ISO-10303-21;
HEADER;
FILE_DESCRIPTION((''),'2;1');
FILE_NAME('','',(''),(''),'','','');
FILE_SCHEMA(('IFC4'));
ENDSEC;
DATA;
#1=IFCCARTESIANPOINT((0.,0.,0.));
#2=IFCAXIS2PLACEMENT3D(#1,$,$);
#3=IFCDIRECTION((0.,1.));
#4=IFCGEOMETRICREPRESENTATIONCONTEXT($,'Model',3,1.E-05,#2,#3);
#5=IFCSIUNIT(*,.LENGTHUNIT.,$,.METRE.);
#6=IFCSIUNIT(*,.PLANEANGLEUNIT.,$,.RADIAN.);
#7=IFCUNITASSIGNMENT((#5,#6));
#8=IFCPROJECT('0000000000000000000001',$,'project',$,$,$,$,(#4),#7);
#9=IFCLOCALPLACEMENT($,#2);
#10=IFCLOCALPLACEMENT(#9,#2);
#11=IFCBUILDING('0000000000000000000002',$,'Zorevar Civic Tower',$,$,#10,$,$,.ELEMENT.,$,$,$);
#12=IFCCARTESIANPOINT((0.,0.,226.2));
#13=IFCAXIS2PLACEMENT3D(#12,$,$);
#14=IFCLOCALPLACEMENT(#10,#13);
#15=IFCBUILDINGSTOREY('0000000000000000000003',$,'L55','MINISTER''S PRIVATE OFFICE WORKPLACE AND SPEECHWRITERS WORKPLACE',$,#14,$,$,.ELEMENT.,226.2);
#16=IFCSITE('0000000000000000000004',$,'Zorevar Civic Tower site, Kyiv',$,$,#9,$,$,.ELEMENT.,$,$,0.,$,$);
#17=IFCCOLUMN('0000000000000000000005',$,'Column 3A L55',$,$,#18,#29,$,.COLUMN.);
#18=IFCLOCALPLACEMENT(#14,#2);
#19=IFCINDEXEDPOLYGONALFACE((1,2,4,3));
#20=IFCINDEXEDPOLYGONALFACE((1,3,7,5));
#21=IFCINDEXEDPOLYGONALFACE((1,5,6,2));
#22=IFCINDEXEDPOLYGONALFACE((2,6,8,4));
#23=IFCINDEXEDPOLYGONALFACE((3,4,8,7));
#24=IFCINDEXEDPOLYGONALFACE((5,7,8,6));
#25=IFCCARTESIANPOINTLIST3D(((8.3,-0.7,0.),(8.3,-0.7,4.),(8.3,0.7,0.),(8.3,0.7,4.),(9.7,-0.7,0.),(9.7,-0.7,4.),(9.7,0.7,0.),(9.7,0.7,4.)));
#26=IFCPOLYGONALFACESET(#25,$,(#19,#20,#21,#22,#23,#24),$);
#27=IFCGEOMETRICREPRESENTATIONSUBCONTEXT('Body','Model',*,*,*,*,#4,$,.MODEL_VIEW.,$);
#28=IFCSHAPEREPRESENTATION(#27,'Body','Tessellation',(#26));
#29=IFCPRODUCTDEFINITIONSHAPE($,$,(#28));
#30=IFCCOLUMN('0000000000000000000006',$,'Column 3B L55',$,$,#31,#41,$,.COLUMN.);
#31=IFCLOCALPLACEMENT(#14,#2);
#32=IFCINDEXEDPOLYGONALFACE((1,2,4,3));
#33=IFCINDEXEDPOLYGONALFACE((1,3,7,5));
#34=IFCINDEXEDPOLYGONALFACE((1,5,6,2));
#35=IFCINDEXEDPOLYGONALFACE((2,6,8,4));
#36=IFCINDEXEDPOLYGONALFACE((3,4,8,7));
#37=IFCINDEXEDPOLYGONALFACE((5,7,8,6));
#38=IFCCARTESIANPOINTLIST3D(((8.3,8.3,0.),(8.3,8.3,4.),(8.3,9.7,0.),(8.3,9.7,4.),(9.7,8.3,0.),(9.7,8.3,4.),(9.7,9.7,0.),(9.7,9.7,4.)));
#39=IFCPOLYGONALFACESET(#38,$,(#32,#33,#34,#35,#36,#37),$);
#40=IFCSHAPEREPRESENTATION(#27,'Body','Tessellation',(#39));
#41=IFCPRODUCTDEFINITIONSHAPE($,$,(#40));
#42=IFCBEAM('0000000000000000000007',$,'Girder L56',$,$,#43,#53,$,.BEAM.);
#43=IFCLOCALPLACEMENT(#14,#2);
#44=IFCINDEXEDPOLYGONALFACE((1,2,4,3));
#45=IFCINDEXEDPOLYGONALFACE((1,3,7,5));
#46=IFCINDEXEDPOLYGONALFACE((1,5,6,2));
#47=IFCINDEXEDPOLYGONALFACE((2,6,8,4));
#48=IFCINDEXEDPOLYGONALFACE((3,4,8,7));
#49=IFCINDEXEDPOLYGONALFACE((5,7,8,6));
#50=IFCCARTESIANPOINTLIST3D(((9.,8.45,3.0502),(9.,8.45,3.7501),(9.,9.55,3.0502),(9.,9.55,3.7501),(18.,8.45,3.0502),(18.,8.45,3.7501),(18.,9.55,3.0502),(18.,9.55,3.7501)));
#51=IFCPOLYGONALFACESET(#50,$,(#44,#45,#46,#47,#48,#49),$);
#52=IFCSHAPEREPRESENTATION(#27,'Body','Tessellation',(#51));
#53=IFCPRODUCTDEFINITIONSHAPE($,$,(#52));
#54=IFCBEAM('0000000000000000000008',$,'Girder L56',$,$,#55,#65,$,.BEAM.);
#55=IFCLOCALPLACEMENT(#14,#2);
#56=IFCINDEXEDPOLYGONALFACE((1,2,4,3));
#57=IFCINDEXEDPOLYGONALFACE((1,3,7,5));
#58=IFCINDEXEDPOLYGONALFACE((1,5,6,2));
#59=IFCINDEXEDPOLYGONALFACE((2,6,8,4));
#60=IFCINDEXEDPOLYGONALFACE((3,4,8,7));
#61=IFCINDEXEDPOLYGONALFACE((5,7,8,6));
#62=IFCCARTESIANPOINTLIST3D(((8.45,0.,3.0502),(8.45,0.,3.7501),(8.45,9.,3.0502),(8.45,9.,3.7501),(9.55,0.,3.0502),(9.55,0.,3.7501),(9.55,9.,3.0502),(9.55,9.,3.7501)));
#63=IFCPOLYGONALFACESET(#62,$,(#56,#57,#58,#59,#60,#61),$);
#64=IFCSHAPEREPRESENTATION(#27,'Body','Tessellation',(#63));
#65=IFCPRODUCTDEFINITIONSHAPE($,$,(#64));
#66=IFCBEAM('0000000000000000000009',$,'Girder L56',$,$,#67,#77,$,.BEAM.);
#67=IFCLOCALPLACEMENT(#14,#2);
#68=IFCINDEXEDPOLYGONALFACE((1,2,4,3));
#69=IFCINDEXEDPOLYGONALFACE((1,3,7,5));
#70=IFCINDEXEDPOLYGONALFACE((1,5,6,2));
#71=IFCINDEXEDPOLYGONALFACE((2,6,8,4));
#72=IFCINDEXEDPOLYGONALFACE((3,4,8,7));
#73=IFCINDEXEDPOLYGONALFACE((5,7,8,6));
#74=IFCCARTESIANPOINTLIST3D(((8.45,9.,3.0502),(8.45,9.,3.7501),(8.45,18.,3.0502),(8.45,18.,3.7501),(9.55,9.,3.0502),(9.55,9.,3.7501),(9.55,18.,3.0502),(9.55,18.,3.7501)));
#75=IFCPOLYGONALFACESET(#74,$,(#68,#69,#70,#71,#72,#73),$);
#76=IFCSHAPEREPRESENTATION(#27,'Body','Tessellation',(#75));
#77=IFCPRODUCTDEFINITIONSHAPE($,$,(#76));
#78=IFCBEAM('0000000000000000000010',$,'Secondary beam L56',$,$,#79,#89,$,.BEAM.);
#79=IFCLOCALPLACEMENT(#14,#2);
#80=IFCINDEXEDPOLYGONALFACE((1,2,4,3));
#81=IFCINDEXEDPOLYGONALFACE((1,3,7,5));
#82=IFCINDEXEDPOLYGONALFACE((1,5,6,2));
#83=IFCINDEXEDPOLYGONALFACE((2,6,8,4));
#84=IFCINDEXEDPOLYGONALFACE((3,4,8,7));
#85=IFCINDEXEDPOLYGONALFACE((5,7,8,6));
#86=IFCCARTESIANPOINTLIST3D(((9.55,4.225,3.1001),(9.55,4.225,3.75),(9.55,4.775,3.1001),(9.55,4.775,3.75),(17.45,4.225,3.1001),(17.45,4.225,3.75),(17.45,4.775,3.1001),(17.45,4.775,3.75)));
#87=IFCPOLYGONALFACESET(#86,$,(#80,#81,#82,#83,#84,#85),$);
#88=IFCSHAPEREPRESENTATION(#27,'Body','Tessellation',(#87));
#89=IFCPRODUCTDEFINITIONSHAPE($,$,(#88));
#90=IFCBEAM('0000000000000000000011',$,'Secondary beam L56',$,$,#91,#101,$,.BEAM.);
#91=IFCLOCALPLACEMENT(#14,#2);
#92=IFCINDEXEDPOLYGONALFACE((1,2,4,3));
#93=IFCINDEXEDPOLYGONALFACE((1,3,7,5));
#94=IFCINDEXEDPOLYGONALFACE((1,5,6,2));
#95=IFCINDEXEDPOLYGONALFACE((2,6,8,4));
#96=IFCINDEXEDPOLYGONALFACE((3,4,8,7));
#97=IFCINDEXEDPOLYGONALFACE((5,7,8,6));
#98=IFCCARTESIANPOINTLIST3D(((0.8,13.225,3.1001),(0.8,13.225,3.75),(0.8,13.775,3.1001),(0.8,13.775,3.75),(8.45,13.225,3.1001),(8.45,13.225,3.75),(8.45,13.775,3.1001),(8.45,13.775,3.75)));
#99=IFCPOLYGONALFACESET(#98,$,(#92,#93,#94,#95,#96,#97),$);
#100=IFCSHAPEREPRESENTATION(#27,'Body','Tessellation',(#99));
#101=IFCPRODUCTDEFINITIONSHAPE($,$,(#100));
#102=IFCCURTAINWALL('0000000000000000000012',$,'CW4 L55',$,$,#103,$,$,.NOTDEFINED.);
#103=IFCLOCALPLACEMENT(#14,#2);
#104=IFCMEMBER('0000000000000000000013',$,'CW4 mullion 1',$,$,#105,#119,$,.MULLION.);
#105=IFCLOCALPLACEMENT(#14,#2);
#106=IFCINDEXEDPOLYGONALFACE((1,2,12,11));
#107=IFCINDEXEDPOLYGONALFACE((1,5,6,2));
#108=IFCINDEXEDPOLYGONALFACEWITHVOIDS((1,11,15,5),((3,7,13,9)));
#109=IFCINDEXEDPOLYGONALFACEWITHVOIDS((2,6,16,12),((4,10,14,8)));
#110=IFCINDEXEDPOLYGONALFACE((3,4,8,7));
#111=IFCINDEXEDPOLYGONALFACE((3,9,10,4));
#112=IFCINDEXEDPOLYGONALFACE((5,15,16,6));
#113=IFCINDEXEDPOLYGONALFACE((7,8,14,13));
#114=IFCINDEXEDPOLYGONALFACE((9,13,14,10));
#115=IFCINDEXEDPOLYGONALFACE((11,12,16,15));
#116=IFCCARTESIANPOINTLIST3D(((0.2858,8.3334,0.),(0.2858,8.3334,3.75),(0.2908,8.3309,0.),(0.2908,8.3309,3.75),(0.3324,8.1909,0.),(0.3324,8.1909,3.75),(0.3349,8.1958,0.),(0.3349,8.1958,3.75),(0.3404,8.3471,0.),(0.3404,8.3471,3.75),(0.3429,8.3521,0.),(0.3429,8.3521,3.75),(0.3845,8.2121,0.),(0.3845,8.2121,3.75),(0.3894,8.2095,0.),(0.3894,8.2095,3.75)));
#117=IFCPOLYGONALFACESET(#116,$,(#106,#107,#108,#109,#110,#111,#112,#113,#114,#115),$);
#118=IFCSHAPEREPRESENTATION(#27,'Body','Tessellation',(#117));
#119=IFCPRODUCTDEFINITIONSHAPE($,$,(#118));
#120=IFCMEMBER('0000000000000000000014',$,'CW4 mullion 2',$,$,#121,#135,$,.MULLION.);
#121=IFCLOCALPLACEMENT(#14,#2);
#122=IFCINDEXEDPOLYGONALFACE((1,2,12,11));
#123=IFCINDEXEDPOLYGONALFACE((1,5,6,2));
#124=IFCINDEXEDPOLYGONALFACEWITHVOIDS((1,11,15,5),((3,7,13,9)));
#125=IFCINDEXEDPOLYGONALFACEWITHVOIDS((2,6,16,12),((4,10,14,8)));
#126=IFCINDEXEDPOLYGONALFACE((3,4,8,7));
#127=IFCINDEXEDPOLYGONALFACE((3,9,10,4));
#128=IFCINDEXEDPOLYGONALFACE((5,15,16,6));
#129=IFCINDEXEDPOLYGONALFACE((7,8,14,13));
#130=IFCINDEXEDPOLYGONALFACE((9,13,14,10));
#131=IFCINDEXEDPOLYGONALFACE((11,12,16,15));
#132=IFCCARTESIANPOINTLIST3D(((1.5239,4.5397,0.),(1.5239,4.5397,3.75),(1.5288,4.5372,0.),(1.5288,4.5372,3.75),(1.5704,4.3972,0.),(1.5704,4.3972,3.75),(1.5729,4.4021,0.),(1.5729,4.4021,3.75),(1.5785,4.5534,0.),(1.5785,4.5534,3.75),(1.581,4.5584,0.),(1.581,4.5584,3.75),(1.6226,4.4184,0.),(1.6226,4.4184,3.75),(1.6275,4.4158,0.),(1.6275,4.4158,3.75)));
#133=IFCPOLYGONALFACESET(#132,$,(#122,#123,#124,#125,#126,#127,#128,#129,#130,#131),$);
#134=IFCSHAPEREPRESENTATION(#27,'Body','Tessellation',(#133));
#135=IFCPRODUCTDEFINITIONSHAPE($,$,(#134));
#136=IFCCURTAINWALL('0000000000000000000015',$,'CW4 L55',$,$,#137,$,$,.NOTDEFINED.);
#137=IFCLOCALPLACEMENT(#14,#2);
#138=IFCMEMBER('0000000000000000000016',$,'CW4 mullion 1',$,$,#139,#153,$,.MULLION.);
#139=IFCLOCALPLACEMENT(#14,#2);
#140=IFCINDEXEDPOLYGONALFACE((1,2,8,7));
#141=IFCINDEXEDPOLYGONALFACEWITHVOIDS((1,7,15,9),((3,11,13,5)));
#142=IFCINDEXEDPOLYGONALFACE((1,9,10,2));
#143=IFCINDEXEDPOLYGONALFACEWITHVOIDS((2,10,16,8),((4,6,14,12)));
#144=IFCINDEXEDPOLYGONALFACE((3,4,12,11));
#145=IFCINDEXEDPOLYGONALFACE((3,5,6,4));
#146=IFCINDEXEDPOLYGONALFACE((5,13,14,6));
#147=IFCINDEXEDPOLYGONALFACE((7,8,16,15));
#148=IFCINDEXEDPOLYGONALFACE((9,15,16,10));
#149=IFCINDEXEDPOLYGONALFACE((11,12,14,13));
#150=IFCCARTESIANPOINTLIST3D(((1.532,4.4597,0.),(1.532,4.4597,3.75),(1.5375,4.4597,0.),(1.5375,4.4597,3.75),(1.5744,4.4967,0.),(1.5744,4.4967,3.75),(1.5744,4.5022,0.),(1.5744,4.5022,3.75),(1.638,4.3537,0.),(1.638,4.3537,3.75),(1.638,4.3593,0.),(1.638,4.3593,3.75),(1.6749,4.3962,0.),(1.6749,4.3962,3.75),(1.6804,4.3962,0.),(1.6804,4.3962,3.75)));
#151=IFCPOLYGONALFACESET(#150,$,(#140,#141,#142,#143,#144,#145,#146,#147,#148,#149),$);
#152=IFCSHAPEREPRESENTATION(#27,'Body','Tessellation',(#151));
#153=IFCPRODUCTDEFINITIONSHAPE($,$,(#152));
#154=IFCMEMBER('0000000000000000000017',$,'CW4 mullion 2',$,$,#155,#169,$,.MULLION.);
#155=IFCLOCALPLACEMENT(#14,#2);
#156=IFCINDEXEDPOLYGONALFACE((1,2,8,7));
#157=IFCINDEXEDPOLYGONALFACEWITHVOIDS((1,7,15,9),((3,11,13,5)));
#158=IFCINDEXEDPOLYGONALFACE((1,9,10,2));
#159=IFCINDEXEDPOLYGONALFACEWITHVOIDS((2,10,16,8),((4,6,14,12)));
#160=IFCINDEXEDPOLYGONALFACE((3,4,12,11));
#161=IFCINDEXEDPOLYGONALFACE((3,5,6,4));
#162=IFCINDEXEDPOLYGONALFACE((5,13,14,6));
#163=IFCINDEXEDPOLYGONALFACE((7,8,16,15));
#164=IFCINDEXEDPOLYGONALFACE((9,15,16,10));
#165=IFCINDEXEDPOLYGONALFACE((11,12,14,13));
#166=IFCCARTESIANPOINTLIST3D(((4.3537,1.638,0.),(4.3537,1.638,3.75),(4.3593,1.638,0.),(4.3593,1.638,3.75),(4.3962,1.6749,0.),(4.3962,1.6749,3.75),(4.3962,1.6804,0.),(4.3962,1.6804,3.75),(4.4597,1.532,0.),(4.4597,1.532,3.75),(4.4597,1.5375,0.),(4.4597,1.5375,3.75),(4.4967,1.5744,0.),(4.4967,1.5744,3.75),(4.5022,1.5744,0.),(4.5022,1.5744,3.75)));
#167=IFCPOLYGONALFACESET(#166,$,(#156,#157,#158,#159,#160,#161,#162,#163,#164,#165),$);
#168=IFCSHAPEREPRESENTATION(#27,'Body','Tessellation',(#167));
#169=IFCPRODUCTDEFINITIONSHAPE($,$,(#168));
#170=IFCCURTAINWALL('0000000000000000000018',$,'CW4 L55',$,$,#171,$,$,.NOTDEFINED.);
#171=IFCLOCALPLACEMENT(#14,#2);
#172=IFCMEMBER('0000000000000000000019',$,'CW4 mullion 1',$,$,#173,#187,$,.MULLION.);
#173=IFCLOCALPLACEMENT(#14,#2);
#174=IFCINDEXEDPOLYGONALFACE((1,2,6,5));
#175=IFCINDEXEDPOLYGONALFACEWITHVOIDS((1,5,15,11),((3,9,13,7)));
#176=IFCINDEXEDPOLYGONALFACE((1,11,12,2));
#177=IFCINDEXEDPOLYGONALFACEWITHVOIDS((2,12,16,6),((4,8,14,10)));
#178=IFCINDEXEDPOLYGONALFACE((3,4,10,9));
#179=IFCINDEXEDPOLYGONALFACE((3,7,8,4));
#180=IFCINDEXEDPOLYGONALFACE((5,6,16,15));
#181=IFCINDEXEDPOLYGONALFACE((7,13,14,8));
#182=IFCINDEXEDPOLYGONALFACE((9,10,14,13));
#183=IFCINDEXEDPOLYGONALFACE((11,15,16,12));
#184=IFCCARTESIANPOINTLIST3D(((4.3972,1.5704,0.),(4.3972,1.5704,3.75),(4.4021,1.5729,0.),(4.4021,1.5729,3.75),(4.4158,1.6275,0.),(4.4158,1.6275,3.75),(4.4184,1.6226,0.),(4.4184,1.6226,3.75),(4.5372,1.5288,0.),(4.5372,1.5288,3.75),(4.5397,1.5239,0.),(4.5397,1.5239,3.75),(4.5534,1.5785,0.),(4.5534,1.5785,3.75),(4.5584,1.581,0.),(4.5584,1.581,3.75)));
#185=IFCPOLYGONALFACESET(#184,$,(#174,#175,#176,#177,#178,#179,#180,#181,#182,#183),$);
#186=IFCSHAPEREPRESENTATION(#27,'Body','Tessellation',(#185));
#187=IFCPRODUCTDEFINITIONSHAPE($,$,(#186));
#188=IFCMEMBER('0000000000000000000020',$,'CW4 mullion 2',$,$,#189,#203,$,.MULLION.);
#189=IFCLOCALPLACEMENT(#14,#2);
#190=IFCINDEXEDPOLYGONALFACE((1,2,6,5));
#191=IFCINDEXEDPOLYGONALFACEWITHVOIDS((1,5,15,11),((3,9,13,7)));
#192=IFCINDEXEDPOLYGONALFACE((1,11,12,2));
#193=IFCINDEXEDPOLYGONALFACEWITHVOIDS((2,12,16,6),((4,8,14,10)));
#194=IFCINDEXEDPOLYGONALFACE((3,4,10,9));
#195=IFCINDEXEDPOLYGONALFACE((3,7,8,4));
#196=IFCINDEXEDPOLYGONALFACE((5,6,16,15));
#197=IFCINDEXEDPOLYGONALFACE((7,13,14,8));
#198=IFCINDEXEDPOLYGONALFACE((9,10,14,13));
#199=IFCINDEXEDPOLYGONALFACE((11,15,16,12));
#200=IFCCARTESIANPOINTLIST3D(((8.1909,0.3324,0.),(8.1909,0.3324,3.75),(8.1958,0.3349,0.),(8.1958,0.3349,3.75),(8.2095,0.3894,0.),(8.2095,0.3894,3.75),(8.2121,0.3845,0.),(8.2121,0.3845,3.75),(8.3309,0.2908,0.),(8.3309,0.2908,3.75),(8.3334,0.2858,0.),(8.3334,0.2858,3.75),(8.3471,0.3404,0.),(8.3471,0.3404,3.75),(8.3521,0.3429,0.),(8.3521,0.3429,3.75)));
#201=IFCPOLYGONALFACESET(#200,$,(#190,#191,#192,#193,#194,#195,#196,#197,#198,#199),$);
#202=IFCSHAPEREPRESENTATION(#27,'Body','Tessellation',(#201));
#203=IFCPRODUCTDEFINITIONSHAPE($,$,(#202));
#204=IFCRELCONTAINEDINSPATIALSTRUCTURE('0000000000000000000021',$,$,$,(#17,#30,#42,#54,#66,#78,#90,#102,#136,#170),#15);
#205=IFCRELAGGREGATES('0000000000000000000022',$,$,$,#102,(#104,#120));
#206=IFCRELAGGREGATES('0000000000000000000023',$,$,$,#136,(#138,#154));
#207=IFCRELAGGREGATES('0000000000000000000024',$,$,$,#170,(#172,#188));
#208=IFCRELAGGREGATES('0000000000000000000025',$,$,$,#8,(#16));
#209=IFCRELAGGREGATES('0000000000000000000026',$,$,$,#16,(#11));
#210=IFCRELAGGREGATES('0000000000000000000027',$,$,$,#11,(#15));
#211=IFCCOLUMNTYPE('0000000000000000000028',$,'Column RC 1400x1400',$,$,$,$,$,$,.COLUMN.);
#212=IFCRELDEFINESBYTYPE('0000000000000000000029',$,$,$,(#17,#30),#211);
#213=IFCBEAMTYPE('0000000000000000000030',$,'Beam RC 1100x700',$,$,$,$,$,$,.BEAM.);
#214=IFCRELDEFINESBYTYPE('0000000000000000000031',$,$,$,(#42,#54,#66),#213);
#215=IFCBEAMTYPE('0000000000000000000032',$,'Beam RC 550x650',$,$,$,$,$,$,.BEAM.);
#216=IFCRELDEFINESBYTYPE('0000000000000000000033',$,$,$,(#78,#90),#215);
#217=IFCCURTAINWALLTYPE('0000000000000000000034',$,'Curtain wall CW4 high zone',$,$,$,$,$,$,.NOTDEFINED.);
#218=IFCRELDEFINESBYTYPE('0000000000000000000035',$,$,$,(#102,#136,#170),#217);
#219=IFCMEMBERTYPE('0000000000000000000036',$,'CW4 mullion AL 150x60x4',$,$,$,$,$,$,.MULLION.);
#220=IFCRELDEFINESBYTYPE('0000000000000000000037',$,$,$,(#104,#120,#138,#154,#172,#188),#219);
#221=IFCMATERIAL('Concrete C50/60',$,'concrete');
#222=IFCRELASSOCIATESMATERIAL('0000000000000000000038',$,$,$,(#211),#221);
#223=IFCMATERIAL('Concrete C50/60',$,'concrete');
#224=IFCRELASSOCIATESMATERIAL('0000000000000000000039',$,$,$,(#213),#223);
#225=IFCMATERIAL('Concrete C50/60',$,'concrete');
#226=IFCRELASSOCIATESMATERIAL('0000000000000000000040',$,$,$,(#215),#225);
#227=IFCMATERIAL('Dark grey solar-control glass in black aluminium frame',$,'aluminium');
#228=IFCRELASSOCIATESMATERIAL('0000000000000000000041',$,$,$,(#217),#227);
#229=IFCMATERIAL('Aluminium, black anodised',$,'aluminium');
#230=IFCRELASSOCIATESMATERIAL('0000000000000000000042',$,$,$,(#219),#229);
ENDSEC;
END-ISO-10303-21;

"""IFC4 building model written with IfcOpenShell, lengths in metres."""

from ifc_helpers import new_model, si_unit, direction, frame, origin, origin_2d, place, context, subcontext, project, spatial, rectangle, hollow_rectangle, extrude, material, material_profile, profile_set, type_object, element, aggregate, save


model = new_model("IFC4")

# Units and contexts
model_context = context("Model", 3, precision=1e-05, world=origin(), true_north=direction((0.0, 1.0)))
body_context = subcontext(model_context, "Body", "Model", "MODEL_VIEW")
ifc_project = project(units=[si_unit("LENGTHUNIT", "METRE"), si_unit("PLANEANGLEUNIT", "RADIAN")], contexts=[model_context])

# Site, building, storey
site_placement = place(None, origin())
site = spatial("IfcSite", under=ifc_project, at=site_placement, Name="Zorevar Civic Tower site, Kyiv", CompositionType="ELEMENT", RefElevation=0.0)
building_placement = place(site_placement, origin())
building = spatial("IfcBuilding", under=site, at=building_placement, Name="Zorevar Civic Tower", CompositionType="ELEMENT")
storey_placement = place(building_placement, frame((0.0, 0.0, 226.2)))
storey = spatial("IfcBuildingStorey", under=building, at=storey_placement, Name="L55", Description="MINISTER'S PRIVATE OFFICE WORKPLACE AND SPEECHWRITERS WORKPLACE", CompositionType="ELEMENT", Elevation=226.2)

# Columns
ifc_material_1 = material(Name="Concrete C50/60", Category="concrete")
ifc_material_profile_1 = material_profile(ifc_material_1, rectangle(XDim=1.3999, YDim=1.3999, at=origin_2d()), Name="RC 1400x1400")
ifc_profile_set_1 = profile_set([ifc_material_profile_1], Name="Concrete C50/60")
column_type = type_object("IfcColumnType", Name="Column RC 1400x1400", PredefinedType="COLUMN", material=ifc_profile_set_1)
for number, where, z_axis, x_axis, name in (
    (1, (9.0, 0.0, 0.0), (0.0, 0.0, 1.0), (1.0, 0.0, 0.0), "Column 3A L55"),
    (2, (9.0, 9.0, 0.0), (0.0, 0.0, 1.0), (1.0, 0.0, 0.0), "Column 3B L55"),
):
    element("IfcColumn", number, at=place(storey_placement, frame(where, z_axis=z_axis, x_axis=x_axis)), inside=storey, type_object=column_type, Name=name, PredefinedType="COLUMN", context=body_context, shape_type="SweptSolid", body=[
        extrude(rectangle(XDim=1.3999, YDim=1.3999, at=origin_2d()), origin(), (0.0, 0.0, 1.0), 4.0),
    ])

# Beams
ifc_material_2 = material(Name="Concrete C50/60", Category="concrete")
ifc_material_profile_2 = material_profile(ifc_material_2, rectangle(XDim=1.1001, YDim=0.7, at=origin_2d()), Name="RC 1100x700")
ifc_profile_set_2 = profile_set([ifc_material_profile_2], Name="Concrete C50/60")
beam_type_1 = type_object("IfcBeamType", Name="Beam RC 1100x700", PredefinedType="BEAM", material=ifc_profile_set_2)
for number, where, z_axis, x_axis, name in (
    (3, (9.0, 9.0, 3.4001), (1.0, 0.0, 0.0), (0.0, 1.0, 0.0), "Girder L56"),
    (4, (9.0, 0.0, 3.4001), (0.0, 1.0, 0.0), (-1.0, 0.0, 0.0), "Girder L56"),
    (5, (9.0, 9.0, 3.4001), (0.0, 1.0, 0.0), (-1.0, 0.0, 0.0), "Girder L56"),
):
    element("IfcBeam", number, at=place(storey_placement, frame(where, z_axis=z_axis, x_axis=x_axis)), inside=storey, type_object=beam_type_1, Name=name, PredefinedType="BEAM", context=body_context, shape_type="SweptSolid", body=[
        extrude(rectangle(XDim=1.1001, YDim=0.7, at=origin_2d()), origin(), (0.0, 0.0, 1.0), 9.0),
    ])
ifc_material_3 = material(Name="Concrete C50/60", Category="concrete")
ifc_material_profile_3 = material_profile(ifc_material_3, rectangle(XDim=0.55, YDim=0.6499, at=origin_2d()), Name="RC 550x650")
ifc_profile_set_3 = profile_set([ifc_material_profile_3], Name="Concrete C50/60")
beam_type_2 = type_object("IfcBeamType", Name="Beam RC 550x650", PredefinedType="BEAM", material=ifc_profile_set_3)
beam_1_placement = place(storey_placement, frame((9.55, 4.5, 3.425), z_axis=(1.0, 0.0, 0.0), x_axis=(0.0, 1.0, 0.0)))
element("IfcBeam", 6, at=beam_1_placement, inside=storey, type_object=beam_type_2, Name="Secondary beam L56", PredefinedType="BEAM", context=body_context, shape_type="SweptSolid", body=[
    extrude(rectangle(XDim=0.55, YDim=0.6499, at=origin_2d()), origin(), (0.0, 0.0, 1.0), 7.8999),
])
beam_2_placement = place(storey_placement, frame((0.8, 13.5, 3.425), z_axis=(1.0, 0.0, 0.0), x_axis=(0.0, 1.0, 0.0)))
element("IfcBeam", 7, at=beam_2_placement, inside=storey, type_object=beam_type_2, Name="Secondary beam L56", PredefinedType="BEAM", context=body_context, shape_type="SweptSolid", body=[
    extrude(rectangle(XDim=0.55, YDim=0.6499, at=origin_2d()), origin(), (0.0, 0.0, 1.0), 7.6499),
])

# Curtain walls, members
ifc_material_4 = material(Name="Dark grey solar-control glass in black aluminium frame", Category="aluminium")
curtain_wall_type = type_object("IfcCurtainWallType", Name="Curtain wall CW4 high zone", PredefinedType="NOTDEFINED", material=ifc_material_4)
curtain_wall_1_placement = place(storey_placement, origin())
curtain_wall_1 = element("IfcCurtainWall", 8, at=curtain_wall_1_placement, inside=storey, type_object=curtain_wall_type, Name="CW4 L55", PredefinedType="NOTDEFINED")
ifc_material_5 = material(Name="Aluminium, black anodised", Category="aluminium")
ifc_material_profile_4 = material_profile(ifc_material_5, hollow_rectangle(XDim=0.0601, YDim=0.1499, WallThickness=0.0039, at=origin_2d()), Name="AL 150x60x4")
ifc_profile_set_4 = profile_set([ifc_material_profile_4], Name="Aluminium, black anodised")
member_type_1 = type_object("IfcMemberType", Name="CW4 mullion AL 150x60x4", PredefinedType="MULLION", material=ifc_profile_set_4)
member_1_placement = place(storey_placement, frame((0.3376, 8.2715, 0.0), z_axis=(0.0, 0.0, 1.0), x_axis=(0.950645, 0.310281, 0.0)))
member_1 = element("IfcMember", 9, at=member_1_placement, type_object=member_type_1, Name="CW4 mullion 1", PredefinedType="MULLION", context=body_context, shape_type="SweptSolid", body=[
    extrude(hollow_rectangle(XDim=0.0601, YDim=0.1499, WallThickness=0.0039, at=origin_2d()), origin(), (0.0, 0.0, 1.0), 3.75),
])
member_2_placement = place(storey_placement, frame((1.5757, 4.4778, 0.0), z_axis=(0.0, 0.0, 1.0), x_axis=(0.950645, 0.310281, 0.0)))
member_2 = element("IfcMember", 10, at=member_2_placement, type_object=member_type_1, Name="CW4 mullion 2", PredefinedType="MULLION", context=body_context, shape_type="SweptSolid", body=[
    extrude(hollow_rectangle(XDim=0.0601, YDim=0.1499, WallThickness=0.0039, at=origin_2d()), origin(), (0.0, 0.0, 1.0), 3.75),
])
curtain_wall_2_placement = place(storey_placement, origin())
curtain_wall_2 = element("IfcCurtainWall", 11, at=curtain_wall_2_placement, inside=storey, type_object=curtain_wall_type, Name="CW4 L55", PredefinedType="NOTDEFINED")
member_3_placement = place(storey_placement, frame((1.6062, 4.428, 0.0), z_axis=(0.0, 0.0, 1.0), x_axis=(0.707107, 0.707107, 0.0)))
member_3 = element("IfcMember", 12, at=member_3_placement, type_object=member_type_1, Name="CW4 mullion 1", PredefinedType="MULLION", context=body_context, shape_type="SweptSolid", body=[
    extrude(hollow_rectangle(XDim=0.0601, YDim=0.1499, WallThickness=0.0039, at=origin_2d()), origin(), (0.0, 0.0, 1.0), 3.75),
])
member_4_placement = place(storey_placement, frame((4.428, 1.6062, 0.0), z_axis=(0.0, 0.0, 1.0), x_axis=(0.707107, 0.707107, 0.0)))
member_4 = element("IfcMember", 13, at=member_4_placement, type_object=member_type_1, Name="CW4 mullion 2", PredefinedType="MULLION", context=body_context, shape_type="SweptSolid", body=[
    extrude(hollow_rectangle(XDim=0.0601, YDim=0.1499, WallThickness=0.0039, at=origin_2d()), origin(), (0.0, 0.0, 1.0), 3.75),
])
curtain_wall_3_placement = place(storey_placement, origin())
curtain_wall_3 = element("IfcCurtainWall", 14, at=curtain_wall_3_placement, inside=storey, type_object=curtain_wall_type, Name="CW4 L55", PredefinedType="NOTDEFINED")
member_5_placement = place(storey_placement, frame((4.4778, 1.5757, 0.0), z_axis=(0.0, 0.0, 1.0), x_axis=(0.310281, 0.950645, 0.0)))
member_5 = element("IfcMember", 15, at=member_5_placement, type_object=member_type_1, Name="CW4 mullion 1", PredefinedType="MULLION", context=body_context, shape_type="SweptSolid", body=[
    extrude(hollow_rectangle(XDim=0.0601, YDim=0.1499, WallThickness=0.0039, at=origin_2d()), origin(), (0.0, 0.0, 1.0), 3.75),
])
member_6_placement = place(storey_placement, frame((8.2715, 0.3376, 0.0), z_axis=(0.0, 0.0, 1.0), x_axis=(0.310281, 0.950645, 0.0)))
member_6 = element("IfcMember", 16, at=member_6_placement, type_object=member_type_1, Name="CW4 mullion 2", PredefinedType="MULLION", context=body_context, shape_type="SweptSolid", body=[
    extrude(hollow_rectangle(XDim=0.0601, YDim=0.1499, WallThickness=0.0039, at=origin_2d()), origin(), (0.0, 0.0, 1.0), 3.75),
])

aggregate(curtain_wall_1, [member_1, member_2])
aggregate(curtain_wall_2, [member_3, member_4])
aggregate(curtain_wall_3, [member_5, member_6])

save(model, "model.ifc")
